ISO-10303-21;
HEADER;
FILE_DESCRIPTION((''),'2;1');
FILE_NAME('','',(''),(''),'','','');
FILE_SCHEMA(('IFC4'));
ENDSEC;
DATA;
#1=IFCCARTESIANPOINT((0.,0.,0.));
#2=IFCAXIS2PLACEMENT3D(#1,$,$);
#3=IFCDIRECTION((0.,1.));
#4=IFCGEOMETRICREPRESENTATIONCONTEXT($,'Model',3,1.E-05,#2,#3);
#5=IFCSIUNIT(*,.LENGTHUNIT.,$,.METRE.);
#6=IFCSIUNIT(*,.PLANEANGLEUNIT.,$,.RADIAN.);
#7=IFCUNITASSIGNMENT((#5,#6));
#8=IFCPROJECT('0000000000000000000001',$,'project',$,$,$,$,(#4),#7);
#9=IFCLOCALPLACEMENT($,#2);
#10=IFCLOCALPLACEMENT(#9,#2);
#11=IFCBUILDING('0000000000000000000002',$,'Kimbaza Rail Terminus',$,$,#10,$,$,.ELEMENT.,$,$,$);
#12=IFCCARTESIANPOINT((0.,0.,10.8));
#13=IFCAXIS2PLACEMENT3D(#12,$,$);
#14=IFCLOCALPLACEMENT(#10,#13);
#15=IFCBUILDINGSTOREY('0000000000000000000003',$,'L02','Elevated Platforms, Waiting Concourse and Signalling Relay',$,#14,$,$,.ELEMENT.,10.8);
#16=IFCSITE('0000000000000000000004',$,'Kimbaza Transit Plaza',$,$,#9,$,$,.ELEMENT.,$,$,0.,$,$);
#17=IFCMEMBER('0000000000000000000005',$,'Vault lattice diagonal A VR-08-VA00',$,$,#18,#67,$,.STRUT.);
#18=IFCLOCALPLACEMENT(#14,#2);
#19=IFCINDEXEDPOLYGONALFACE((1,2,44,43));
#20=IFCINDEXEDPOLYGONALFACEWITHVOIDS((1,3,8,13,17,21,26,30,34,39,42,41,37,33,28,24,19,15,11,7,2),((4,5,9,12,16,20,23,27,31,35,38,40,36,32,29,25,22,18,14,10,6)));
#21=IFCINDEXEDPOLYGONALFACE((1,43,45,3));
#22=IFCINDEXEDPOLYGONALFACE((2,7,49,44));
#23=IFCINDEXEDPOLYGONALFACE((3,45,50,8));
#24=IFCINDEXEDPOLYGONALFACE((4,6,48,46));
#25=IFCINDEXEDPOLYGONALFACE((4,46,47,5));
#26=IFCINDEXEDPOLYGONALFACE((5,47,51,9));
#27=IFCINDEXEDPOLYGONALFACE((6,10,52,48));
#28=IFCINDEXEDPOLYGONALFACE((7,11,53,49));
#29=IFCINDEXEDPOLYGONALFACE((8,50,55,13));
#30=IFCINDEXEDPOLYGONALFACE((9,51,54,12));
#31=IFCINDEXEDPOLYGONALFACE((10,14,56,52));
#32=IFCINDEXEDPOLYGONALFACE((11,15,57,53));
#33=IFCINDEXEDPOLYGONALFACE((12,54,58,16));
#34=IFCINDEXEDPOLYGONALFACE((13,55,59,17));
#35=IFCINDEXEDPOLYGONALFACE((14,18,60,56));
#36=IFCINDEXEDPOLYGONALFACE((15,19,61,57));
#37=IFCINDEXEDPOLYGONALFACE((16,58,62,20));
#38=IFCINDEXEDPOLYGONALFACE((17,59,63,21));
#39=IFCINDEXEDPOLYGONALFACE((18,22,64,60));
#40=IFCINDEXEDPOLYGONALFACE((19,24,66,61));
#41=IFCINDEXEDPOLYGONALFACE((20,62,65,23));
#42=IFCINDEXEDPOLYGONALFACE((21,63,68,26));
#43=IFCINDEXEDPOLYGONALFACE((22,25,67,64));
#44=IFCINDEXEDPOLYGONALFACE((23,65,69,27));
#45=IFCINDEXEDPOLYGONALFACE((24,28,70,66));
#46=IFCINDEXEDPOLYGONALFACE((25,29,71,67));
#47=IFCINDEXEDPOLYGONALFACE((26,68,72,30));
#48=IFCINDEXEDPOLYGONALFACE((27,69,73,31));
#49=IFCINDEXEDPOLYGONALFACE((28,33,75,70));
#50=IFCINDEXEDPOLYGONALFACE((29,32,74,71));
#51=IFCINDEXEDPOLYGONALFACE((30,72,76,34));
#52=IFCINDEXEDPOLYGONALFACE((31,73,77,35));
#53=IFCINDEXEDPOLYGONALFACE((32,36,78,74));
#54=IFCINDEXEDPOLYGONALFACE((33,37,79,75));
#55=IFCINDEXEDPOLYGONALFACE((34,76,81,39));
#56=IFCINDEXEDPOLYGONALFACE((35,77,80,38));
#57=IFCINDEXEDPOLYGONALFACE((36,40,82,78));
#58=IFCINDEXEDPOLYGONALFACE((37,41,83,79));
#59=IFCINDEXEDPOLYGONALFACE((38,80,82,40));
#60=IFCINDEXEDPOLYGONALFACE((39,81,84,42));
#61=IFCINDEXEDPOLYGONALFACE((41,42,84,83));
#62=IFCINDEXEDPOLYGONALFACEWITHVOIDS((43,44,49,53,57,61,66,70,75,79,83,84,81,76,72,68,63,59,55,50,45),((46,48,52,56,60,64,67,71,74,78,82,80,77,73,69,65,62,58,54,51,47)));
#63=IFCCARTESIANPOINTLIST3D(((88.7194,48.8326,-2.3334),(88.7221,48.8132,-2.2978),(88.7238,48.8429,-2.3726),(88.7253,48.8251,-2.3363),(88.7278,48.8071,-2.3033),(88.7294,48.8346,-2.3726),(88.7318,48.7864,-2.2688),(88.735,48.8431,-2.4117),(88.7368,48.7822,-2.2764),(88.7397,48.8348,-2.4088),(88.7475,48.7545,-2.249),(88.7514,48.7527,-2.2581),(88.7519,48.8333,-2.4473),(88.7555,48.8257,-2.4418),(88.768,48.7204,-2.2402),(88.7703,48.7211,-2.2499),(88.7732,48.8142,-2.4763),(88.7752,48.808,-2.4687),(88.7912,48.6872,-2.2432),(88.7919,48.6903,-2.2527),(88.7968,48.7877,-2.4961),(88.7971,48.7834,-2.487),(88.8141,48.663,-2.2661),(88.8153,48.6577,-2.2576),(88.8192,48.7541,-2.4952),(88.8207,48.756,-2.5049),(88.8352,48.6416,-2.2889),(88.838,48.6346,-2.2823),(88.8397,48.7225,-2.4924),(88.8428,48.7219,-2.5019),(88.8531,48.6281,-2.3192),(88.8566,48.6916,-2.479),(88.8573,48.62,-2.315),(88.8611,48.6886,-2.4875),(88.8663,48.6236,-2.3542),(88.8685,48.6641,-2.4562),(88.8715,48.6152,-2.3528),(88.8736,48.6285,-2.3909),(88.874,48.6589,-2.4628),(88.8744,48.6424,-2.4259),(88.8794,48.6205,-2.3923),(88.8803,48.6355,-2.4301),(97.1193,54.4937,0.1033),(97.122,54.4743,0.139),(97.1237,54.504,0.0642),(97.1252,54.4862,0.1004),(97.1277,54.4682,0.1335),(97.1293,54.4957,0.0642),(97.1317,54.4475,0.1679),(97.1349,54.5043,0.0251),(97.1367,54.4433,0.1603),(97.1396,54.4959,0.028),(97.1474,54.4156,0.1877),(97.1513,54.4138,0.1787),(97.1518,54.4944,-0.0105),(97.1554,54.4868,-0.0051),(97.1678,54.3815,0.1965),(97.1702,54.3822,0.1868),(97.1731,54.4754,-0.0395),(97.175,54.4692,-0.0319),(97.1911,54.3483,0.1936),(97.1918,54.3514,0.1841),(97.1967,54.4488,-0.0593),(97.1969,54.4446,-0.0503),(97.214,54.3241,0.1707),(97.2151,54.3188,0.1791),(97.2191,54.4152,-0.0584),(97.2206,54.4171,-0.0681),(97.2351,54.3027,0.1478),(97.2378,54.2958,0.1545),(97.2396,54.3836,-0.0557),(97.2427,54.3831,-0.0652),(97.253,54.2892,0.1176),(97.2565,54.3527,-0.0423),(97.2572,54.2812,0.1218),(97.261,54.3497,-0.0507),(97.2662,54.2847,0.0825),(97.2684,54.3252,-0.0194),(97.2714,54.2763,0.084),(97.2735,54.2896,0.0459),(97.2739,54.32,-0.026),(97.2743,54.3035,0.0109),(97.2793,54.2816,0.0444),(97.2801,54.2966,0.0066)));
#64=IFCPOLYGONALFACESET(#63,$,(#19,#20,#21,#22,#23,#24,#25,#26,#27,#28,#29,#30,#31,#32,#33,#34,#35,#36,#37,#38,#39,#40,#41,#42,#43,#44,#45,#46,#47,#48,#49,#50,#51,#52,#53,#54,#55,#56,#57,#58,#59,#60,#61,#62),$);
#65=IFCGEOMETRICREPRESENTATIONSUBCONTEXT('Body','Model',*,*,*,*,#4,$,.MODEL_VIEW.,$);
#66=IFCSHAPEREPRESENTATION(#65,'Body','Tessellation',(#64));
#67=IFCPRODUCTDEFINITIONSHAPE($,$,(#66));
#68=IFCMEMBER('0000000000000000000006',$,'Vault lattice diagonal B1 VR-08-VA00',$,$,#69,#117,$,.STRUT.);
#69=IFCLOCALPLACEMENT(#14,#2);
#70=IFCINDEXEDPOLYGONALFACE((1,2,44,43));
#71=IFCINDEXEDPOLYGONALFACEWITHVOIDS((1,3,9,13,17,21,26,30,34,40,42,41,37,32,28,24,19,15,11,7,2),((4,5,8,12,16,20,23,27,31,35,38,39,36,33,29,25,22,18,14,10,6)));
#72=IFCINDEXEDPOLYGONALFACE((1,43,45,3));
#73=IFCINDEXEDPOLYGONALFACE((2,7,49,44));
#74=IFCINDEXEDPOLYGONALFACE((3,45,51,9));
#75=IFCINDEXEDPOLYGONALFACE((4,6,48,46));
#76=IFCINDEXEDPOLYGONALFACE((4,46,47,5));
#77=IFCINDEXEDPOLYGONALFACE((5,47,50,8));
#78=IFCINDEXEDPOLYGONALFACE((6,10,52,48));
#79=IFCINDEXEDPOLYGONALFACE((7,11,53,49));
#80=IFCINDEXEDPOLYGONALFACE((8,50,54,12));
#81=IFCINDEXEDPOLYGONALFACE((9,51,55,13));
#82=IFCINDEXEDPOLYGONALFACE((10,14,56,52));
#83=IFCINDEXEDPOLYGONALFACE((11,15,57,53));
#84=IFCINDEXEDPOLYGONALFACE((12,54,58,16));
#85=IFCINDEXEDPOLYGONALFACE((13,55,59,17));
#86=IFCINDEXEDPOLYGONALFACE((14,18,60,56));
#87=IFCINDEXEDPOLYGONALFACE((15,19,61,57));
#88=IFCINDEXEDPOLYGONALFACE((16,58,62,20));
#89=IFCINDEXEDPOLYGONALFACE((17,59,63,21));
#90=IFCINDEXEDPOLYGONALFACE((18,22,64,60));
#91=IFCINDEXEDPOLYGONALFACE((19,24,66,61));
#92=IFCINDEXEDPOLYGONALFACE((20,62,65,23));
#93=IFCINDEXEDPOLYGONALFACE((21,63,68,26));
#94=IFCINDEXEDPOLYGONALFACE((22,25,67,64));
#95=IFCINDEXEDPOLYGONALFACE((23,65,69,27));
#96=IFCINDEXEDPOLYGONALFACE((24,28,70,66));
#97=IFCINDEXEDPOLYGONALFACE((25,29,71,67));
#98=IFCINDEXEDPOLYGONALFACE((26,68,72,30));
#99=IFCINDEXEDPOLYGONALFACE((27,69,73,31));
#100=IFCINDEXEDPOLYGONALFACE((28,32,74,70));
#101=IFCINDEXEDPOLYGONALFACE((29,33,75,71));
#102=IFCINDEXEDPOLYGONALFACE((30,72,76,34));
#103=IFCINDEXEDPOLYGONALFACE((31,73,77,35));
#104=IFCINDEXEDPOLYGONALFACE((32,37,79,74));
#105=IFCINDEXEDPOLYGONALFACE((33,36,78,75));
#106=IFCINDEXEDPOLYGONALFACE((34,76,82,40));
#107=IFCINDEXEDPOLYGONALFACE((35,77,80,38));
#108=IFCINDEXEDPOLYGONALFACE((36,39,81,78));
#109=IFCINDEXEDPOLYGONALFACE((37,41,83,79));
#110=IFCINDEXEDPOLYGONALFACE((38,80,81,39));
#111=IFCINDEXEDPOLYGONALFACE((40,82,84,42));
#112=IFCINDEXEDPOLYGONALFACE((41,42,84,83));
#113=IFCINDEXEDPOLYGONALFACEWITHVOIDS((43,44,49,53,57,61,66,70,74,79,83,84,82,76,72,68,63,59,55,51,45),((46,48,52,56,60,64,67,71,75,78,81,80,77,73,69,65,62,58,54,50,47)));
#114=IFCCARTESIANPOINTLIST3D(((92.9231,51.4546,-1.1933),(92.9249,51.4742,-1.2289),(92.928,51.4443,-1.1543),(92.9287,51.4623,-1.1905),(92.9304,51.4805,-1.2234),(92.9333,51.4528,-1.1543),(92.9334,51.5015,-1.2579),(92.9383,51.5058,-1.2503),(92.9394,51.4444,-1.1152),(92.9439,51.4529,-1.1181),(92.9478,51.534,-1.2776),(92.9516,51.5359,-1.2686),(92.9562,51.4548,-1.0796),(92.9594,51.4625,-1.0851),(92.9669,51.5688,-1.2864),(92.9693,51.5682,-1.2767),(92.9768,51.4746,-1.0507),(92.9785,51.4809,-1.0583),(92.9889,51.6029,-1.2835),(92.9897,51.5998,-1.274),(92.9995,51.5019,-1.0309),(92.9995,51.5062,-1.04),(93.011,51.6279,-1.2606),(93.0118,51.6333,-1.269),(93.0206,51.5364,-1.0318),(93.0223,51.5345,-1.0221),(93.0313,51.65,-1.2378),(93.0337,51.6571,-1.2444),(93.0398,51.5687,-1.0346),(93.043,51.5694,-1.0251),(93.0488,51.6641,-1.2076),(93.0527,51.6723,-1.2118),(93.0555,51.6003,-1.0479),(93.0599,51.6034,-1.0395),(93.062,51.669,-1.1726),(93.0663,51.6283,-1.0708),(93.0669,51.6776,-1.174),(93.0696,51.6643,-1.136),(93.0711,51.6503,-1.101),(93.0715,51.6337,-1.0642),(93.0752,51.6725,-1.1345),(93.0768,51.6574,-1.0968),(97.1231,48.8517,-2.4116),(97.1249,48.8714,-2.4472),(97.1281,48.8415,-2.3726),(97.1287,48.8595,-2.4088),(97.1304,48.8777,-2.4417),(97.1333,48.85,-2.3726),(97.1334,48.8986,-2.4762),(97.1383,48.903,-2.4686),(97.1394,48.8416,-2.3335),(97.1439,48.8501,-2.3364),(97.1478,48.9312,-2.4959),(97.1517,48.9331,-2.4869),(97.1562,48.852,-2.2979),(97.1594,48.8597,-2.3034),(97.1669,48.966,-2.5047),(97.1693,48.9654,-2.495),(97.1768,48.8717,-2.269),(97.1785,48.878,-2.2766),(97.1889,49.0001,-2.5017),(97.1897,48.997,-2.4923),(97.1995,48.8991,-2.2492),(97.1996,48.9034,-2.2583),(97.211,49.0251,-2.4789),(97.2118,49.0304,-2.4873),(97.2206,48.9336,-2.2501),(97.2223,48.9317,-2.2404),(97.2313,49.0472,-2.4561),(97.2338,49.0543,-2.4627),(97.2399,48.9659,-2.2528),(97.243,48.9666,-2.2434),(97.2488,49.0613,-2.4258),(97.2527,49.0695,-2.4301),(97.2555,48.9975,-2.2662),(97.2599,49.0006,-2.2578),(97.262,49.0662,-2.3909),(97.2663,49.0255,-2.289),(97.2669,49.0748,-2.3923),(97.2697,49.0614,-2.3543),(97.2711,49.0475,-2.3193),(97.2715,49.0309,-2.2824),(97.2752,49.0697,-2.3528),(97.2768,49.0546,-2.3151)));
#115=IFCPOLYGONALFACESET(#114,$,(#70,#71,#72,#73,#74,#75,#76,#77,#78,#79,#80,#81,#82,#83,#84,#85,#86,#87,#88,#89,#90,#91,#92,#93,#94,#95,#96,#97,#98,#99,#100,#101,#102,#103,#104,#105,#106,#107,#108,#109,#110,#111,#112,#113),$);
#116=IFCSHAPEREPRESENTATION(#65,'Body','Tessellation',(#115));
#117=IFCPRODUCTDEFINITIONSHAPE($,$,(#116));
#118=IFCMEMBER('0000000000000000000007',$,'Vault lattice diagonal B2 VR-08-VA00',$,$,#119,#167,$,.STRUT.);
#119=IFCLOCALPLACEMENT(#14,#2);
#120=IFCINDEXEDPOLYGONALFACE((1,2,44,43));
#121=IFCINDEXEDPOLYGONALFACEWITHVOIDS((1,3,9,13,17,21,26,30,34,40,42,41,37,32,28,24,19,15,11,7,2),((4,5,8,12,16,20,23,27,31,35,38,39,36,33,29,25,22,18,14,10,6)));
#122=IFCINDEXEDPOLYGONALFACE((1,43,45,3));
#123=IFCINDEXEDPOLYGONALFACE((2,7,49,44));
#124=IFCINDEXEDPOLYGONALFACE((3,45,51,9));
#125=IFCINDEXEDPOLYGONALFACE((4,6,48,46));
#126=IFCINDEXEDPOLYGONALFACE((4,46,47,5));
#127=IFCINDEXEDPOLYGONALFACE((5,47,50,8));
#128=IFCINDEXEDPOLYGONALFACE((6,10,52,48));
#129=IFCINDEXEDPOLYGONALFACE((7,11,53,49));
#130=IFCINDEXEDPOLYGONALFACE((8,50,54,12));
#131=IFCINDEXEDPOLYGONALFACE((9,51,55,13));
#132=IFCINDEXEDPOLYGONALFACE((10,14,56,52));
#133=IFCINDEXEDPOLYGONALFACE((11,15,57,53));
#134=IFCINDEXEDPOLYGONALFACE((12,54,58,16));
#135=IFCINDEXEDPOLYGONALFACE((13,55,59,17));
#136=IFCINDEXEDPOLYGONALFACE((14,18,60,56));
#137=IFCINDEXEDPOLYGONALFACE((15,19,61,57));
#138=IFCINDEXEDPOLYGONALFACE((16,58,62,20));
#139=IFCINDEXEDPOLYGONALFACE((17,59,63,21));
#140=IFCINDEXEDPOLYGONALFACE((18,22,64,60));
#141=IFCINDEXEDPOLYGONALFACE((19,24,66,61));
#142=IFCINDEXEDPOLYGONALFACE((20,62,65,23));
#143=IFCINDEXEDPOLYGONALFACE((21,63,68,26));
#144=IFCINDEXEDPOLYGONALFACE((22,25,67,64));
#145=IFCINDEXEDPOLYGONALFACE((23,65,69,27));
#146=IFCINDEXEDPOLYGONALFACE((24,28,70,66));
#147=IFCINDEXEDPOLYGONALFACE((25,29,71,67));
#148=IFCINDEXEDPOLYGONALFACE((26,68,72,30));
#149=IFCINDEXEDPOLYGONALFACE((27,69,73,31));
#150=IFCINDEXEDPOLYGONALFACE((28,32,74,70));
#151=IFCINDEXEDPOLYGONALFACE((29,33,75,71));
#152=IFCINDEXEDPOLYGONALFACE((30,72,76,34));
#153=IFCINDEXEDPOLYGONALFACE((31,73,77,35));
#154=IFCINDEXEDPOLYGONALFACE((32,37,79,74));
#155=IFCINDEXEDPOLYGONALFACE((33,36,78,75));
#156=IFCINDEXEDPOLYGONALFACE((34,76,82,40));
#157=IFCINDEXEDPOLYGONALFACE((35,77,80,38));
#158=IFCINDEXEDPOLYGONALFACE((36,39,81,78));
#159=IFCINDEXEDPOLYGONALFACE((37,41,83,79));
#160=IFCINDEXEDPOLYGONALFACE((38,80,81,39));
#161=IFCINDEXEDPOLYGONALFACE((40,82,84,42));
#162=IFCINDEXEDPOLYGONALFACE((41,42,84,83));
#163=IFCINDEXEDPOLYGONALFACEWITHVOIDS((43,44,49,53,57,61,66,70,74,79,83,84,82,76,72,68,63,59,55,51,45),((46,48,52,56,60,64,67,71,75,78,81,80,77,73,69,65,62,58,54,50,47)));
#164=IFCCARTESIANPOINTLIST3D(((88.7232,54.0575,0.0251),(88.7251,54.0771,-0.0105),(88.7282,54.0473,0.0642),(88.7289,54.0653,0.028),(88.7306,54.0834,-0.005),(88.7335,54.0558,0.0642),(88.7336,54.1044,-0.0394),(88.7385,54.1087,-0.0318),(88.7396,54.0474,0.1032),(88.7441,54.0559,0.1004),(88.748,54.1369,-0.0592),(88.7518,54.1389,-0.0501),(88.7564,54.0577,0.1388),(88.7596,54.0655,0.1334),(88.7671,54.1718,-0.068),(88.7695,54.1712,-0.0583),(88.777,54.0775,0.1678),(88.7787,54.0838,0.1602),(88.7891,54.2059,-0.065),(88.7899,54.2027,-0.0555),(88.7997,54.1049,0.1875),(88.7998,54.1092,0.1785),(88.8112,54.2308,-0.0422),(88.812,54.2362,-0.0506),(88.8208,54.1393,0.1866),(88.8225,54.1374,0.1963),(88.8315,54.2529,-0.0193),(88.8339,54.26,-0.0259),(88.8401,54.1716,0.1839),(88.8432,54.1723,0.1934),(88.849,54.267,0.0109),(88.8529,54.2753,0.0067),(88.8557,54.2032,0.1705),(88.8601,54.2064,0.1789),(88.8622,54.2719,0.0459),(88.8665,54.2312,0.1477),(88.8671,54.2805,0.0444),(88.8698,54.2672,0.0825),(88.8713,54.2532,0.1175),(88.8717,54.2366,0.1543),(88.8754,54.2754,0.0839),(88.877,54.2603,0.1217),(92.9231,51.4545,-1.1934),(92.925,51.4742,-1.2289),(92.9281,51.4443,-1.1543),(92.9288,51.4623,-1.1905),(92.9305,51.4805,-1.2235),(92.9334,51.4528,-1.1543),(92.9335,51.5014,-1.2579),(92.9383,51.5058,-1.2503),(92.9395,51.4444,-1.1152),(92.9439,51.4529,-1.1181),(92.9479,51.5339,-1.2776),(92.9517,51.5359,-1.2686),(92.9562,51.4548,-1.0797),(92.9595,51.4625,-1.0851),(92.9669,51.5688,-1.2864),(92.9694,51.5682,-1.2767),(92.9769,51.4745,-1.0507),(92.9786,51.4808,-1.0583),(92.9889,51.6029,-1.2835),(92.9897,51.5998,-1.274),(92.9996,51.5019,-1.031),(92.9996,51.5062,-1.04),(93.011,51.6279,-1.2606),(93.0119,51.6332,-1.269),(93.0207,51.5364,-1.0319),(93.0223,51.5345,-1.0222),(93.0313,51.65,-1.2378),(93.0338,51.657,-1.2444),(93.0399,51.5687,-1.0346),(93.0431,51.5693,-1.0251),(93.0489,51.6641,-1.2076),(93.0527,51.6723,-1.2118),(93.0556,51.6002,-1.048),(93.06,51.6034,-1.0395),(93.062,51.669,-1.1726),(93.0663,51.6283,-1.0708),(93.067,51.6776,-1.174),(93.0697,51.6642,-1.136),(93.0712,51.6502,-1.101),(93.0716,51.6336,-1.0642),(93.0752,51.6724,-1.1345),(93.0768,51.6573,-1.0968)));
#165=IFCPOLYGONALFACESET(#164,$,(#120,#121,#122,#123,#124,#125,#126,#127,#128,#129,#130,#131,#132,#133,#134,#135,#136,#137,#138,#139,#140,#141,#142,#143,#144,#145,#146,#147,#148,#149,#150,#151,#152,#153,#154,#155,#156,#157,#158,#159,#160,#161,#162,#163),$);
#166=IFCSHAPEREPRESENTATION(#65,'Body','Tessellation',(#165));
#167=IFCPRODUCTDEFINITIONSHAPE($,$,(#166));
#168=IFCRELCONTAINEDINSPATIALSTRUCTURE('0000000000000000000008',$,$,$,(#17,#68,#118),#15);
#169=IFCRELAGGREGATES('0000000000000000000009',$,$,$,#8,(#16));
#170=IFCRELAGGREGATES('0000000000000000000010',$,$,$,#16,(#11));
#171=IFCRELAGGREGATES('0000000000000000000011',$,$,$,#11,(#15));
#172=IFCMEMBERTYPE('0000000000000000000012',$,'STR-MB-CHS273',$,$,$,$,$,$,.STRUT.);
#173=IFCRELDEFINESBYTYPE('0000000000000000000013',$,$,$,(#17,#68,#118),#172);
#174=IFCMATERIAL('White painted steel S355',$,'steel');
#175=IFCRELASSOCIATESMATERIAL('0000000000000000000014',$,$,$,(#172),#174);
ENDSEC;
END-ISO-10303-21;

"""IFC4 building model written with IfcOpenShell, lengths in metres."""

from ifc_helpers import new_model, si_unit, direction, frame, origin, origin_2d, place, context, subcontext, project, spatial, hollow_circle, extrude, material, material_profile, profile_set, type_object, element, save


model = new_model("IFC4")

# Units and contexts
model_context = context("Model", 3, precision=1e-05, world=origin(), true_north=direction((0.0, 1.0)))
body_context = subcontext(model_context, "Body", "Model", "MODEL_VIEW")
ifc_project = project(units=[si_unit("LENGTHUNIT", "METRE"), si_unit("PLANEANGLEUNIT", "RADIAN")], contexts=[model_context])

# Site, building, storey
site_placement = place(None, origin())
site = spatial("IfcSite", under=ifc_project, at=site_placement, Name="Kimbaza Transit Plaza", CompositionType="ELEMENT", RefElevation=0.0)
building_placement = place(site_placement, origin())
building = spatial("IfcBuilding", under=site, at=building_placement, Name="Kimbaza Rail Terminus", CompositionType="ELEMENT")
storey_placement = place(building_placement, frame((0.0, 0.0, 10.8)))
storey = spatial("IfcBuildingStorey", under=building, at=storey_placement, Name="L02", Description="Elevated Platforms, Waiting Concourse and Signalling Relay", CompositionType="ELEMENT", Elevation=10.8)

# Members
ifc_material_1 = material(Name="White painted steel S355", Category="steel")
ifc_material_profile_1 = material_profile(ifc_material_1, hollow_circle(Radius=0.1365, WallThickness=0.01, at=origin_2d()), Name="CHS 273x10")
ifc_profile_set_1 = profile_set([ifc_material_profile_1], Name="White painted steel S355")
member_type_1 = type_object("IfcMemberType", Name="STR-MB-CHS273", PredefinedType="STRUT", material=ifc_profile_set_1)
member_1_placement = place(storey_placement, frame((88.8, 48.7297, -2.3726), z_axis=(0.806251, 0.543374, 0.233889), x_axis=(-0.558876, 0.829251, 0.0)))
element("IfcMember", 1, at=member_1_placement, inside=storey, type_object=member_type_1, Name="Vault lattice diagonal A VR-08-VA00", PredefinedType="STRUT", context=body_context, shape_type="SweptSolid", body=[
    extrude(hollow_circle(Radius=0.1365, WallThickness=0.01, at=origin_2d()), origin(), (0.0, 0.0, 1.0), 10.4185),
])
for number, where, z_axis, x_axis, name in (
    (2, (97.2, 48.9575, -2.3726), (-0.825295, 0.51145, 0.23939), (-0.526766, -0.85001, 0.0), "Vault lattice diagonal B1 VR-08-VA00"),
    (3, (93.0, 51.5603, -1.1543), (-0.825265, 0.511479, 0.239429), (-0.526802, -0.849988, 0.0), "Vault lattice diagonal B2 VR-08-VA00"),
):
    element("IfcMember", number, at=place(storey_placement, frame(where, z_axis=z_axis, x_axis=x_axis)), inside=storey, type_object=member_type_1, Name=name, PredefinedType="STRUT", context=body_context, shape_type="SweptSolid", body=[
        extrude(hollow_circle(Radius=0.1365, WallThickness=0.01, at=origin_2d()), origin(), (0.0, 0.0, 1.0), 5.0891),
    ])

save(model, "model.ifc")
